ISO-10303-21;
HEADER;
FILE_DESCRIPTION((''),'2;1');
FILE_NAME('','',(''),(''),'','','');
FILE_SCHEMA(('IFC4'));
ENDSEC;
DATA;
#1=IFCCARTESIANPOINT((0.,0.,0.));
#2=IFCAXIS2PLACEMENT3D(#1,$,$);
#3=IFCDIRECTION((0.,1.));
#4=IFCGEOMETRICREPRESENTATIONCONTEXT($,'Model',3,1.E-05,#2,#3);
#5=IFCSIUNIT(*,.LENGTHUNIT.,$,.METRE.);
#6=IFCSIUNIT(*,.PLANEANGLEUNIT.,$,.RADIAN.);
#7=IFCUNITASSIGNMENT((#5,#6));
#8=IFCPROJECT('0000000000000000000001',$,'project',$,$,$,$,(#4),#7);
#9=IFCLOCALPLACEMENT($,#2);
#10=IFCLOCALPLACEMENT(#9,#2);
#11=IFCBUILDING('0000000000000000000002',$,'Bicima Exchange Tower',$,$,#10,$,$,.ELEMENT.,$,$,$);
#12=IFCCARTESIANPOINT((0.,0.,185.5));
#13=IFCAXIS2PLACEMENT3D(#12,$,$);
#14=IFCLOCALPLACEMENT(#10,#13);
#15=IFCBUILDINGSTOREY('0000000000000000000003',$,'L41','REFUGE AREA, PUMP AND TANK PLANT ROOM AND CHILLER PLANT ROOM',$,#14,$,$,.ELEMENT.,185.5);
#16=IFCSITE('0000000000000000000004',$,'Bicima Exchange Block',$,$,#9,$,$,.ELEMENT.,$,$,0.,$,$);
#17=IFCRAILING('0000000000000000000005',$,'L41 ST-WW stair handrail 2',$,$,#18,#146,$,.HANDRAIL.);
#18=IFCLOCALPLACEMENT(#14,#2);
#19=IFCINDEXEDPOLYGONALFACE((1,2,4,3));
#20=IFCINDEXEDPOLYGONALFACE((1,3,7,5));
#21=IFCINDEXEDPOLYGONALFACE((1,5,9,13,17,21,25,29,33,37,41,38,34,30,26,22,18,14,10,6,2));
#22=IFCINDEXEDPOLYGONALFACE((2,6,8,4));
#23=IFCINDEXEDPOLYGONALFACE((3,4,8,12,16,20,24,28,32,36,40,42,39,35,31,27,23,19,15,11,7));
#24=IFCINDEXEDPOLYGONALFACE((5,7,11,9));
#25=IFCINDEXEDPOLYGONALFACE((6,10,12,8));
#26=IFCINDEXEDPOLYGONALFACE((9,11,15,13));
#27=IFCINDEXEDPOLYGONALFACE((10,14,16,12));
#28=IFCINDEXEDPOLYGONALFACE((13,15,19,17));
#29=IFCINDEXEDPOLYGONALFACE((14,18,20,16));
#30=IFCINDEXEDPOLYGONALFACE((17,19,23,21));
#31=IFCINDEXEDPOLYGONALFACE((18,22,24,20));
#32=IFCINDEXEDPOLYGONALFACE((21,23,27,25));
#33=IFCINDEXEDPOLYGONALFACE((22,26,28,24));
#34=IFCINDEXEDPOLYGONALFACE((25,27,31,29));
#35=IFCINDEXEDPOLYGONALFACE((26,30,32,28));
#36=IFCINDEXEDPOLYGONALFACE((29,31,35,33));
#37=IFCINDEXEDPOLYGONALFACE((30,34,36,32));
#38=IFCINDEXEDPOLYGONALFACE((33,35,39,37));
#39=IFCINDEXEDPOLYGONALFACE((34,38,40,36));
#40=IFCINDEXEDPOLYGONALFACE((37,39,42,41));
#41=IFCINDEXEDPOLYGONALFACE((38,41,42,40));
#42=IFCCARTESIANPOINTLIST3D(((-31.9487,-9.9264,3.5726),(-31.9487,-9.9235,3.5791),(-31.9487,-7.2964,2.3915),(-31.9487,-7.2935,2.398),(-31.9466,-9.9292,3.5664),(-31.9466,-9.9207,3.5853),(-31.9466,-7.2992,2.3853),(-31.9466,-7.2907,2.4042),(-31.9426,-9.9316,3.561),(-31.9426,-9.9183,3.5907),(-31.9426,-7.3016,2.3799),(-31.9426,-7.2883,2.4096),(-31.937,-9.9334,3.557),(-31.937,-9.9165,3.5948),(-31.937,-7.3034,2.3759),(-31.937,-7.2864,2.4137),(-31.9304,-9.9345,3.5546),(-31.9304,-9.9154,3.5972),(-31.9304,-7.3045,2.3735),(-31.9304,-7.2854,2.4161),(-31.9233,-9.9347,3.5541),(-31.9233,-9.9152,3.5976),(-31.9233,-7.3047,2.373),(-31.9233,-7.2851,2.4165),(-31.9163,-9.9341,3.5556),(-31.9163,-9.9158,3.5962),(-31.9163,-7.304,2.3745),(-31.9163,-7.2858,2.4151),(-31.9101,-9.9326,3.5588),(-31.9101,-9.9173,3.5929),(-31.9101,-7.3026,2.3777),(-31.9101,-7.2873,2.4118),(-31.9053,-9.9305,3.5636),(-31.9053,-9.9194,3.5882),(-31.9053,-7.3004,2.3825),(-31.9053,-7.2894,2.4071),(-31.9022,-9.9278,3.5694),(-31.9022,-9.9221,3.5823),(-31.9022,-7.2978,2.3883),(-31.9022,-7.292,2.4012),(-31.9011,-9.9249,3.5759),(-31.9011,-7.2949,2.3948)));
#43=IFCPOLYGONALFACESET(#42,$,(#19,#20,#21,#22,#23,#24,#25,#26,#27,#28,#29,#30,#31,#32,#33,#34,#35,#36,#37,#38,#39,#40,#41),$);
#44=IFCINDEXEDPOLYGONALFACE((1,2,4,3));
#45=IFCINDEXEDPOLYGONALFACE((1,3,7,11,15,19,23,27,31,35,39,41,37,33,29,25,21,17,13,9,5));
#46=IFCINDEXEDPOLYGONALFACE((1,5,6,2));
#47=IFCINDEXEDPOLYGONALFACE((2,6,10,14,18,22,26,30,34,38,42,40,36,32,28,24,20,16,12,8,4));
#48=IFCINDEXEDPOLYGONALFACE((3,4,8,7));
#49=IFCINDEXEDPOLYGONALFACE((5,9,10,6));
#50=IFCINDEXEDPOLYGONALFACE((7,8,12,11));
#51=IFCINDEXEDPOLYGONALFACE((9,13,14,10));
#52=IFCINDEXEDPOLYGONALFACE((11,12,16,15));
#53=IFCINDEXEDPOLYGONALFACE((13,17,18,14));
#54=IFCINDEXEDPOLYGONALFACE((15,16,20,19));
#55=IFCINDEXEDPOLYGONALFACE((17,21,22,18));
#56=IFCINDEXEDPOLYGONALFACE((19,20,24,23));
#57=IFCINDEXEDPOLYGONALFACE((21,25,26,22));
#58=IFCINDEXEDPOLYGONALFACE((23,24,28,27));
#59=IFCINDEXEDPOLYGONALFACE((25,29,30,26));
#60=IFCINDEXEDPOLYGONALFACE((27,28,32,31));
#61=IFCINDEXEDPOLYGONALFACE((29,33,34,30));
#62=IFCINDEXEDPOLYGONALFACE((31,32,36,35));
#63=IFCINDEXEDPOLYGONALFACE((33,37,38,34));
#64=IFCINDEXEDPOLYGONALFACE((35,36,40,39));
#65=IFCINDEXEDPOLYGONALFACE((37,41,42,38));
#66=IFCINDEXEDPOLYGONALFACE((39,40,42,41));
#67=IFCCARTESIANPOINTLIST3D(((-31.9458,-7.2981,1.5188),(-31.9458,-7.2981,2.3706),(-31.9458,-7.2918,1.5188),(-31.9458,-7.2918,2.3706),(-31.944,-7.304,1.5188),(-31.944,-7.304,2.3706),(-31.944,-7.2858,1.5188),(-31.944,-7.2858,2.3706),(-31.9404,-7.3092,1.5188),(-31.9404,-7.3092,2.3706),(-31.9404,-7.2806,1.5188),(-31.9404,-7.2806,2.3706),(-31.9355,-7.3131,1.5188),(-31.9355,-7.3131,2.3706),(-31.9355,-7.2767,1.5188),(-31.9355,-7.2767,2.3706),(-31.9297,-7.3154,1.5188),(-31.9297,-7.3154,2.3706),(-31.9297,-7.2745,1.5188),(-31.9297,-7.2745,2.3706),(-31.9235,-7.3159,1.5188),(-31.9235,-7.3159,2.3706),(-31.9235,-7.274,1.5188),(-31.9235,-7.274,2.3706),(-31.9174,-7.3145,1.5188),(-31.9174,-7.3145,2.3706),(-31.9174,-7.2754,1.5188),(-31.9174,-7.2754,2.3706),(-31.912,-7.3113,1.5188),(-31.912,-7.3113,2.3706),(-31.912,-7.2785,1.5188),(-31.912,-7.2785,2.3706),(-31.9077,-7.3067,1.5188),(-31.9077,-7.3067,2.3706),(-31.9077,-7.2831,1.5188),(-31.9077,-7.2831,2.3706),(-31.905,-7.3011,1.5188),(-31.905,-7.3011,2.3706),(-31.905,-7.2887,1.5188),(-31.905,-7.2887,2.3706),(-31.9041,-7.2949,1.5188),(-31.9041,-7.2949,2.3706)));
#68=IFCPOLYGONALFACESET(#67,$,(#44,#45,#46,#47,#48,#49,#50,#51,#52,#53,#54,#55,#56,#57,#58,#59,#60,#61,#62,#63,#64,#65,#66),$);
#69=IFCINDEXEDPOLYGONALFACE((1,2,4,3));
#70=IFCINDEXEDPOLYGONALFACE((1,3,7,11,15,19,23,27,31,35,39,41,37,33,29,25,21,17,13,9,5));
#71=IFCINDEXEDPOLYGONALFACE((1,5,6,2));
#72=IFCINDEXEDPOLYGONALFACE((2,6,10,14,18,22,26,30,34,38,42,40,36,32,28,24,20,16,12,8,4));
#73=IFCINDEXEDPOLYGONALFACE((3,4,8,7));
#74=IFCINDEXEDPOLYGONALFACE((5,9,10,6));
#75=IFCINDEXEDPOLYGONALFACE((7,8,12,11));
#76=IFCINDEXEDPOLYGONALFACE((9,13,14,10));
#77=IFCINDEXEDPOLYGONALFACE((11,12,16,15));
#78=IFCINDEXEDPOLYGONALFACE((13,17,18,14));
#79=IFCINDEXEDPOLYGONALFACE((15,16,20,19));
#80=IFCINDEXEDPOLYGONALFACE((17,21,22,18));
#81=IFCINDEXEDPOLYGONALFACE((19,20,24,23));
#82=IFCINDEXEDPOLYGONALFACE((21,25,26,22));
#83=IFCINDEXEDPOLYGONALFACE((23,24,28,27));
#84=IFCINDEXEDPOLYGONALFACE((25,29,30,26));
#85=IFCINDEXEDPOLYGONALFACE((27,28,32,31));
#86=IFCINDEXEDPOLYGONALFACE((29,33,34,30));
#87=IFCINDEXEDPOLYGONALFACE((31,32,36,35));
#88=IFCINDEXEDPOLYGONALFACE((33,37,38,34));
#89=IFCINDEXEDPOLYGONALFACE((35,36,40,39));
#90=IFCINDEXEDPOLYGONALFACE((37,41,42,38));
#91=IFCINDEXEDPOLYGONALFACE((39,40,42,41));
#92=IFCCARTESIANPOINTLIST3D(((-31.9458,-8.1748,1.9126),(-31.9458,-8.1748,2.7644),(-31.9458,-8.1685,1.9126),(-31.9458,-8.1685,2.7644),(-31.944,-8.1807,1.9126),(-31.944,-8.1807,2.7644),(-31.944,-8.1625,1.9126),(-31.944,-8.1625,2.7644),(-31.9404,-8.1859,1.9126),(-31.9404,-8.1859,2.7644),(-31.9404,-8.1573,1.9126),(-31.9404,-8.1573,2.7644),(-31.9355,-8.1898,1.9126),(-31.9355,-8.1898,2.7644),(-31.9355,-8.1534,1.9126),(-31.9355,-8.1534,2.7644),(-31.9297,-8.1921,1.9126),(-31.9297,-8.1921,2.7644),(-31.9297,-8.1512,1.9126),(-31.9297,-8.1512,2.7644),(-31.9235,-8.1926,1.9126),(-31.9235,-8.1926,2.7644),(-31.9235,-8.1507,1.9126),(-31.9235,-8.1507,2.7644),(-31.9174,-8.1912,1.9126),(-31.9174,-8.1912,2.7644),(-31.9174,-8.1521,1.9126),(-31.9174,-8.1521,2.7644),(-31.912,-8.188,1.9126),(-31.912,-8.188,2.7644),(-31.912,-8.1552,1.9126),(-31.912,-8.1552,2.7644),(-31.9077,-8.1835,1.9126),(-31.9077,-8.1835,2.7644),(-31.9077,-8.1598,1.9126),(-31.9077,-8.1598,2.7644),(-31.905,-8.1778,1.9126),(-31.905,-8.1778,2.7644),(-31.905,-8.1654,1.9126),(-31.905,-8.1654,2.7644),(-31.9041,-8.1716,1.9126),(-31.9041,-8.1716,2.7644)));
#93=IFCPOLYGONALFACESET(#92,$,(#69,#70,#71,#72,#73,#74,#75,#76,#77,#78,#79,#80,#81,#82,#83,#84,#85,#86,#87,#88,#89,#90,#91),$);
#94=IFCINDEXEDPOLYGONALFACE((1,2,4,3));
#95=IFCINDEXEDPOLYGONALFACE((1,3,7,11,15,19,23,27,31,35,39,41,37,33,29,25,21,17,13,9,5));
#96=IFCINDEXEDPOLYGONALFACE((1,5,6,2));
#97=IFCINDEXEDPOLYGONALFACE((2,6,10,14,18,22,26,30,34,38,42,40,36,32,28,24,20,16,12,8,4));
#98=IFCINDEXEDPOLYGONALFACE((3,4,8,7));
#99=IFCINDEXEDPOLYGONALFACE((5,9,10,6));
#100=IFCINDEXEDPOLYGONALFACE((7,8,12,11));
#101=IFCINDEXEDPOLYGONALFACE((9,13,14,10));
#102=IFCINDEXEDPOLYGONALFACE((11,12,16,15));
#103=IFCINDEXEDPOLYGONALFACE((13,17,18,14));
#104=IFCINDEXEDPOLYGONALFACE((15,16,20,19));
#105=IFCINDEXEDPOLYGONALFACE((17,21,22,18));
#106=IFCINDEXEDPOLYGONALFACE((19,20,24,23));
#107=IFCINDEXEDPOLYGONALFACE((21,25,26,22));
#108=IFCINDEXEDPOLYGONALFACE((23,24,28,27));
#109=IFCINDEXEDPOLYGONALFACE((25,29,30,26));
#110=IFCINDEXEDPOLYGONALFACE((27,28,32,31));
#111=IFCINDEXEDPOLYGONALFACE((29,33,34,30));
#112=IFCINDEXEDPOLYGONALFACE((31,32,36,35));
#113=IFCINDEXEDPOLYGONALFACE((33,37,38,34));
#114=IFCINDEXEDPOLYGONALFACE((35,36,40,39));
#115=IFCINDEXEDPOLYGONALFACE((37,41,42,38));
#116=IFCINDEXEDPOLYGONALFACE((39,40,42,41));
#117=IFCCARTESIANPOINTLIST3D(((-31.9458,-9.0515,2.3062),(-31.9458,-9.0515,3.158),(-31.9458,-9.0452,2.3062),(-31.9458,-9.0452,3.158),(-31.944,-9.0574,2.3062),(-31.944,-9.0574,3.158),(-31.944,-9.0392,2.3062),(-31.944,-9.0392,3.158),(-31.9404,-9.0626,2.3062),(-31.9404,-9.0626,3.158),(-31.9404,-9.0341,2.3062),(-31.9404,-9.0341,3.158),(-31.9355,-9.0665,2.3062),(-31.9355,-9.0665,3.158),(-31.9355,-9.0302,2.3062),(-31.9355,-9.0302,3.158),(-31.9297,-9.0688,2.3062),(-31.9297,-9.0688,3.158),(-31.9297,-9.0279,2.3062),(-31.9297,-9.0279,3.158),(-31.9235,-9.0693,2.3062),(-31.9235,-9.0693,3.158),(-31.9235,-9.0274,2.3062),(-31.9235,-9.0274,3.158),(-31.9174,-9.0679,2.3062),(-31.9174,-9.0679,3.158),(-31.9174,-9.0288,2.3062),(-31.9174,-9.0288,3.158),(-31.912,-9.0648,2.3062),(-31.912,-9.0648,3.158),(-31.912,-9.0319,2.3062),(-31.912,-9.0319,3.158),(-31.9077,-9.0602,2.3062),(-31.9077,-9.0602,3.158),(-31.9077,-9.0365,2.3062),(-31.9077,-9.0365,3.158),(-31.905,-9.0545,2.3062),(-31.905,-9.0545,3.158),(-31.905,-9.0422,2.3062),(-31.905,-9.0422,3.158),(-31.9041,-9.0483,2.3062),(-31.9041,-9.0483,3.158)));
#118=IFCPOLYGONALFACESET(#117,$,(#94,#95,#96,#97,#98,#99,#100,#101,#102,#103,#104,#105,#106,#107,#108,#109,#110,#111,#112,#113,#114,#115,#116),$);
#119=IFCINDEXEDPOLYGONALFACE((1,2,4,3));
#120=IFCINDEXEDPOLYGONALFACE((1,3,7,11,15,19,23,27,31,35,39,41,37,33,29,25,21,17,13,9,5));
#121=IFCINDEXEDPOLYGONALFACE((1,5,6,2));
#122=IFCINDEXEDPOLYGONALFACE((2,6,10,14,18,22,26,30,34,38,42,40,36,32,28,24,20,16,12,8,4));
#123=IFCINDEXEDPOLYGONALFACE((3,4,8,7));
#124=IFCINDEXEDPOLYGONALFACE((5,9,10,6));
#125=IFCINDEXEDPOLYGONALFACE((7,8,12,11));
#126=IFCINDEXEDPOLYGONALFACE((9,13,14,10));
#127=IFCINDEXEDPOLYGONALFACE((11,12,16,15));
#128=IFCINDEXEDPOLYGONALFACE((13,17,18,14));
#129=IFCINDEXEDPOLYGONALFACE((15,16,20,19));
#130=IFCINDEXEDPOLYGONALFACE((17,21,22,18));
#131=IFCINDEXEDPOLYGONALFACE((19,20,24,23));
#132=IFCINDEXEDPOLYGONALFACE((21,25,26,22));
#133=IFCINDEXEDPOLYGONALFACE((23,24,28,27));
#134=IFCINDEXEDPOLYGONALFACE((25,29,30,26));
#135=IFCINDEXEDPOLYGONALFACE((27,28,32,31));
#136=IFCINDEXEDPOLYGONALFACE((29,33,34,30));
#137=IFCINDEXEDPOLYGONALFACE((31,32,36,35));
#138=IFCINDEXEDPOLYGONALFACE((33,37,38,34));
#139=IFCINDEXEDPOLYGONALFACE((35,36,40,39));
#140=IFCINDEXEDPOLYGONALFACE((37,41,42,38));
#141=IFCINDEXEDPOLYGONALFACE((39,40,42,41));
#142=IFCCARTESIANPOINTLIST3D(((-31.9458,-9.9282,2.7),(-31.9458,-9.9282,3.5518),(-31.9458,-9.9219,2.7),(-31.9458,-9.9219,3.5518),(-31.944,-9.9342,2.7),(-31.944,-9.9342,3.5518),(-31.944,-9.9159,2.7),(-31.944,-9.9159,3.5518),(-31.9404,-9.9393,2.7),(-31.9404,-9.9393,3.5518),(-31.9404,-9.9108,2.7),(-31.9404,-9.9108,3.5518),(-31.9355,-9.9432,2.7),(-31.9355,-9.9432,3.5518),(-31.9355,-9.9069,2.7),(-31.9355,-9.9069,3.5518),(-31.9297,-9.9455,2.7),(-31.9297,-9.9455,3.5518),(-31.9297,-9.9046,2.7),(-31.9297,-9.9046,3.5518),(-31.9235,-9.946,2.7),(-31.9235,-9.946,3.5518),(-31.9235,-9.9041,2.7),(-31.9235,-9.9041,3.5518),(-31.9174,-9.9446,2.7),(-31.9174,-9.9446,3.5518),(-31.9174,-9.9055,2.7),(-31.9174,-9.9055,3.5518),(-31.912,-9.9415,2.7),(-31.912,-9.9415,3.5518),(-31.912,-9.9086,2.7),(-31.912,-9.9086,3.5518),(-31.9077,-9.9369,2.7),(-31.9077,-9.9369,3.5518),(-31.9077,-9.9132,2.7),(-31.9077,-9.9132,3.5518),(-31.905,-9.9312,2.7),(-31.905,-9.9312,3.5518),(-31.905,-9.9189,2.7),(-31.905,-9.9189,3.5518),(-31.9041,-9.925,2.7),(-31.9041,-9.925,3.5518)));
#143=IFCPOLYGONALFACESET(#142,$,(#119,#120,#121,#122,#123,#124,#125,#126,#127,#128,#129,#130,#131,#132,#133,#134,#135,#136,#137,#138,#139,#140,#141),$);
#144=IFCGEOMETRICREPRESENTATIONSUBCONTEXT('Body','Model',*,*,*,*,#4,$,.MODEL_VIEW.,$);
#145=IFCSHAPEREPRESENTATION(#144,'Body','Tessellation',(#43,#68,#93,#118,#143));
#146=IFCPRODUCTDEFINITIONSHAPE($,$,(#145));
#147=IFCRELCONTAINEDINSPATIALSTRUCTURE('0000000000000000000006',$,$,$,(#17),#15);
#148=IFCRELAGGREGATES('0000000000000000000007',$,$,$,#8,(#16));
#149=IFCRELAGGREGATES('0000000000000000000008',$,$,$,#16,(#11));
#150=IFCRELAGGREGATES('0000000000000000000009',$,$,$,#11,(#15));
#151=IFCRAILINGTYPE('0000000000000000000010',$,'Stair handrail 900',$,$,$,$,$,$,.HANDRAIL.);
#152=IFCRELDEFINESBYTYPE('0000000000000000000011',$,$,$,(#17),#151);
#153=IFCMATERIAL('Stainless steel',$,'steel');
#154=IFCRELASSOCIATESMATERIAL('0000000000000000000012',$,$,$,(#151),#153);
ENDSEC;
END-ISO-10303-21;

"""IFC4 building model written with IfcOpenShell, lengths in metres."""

from ifc_helpers import new_model, si_unit, direction, frame, origin, origin_2d, place, context, subcontext, project, spatial, circle, extrude, material, type_object, element, save


model = new_model("IFC4")

# Units and contexts
model_context = context("Model", 3, precision=1e-05, world=origin(), true_north=direction((0.0, 1.0)))
body_context = subcontext(model_context, "Body", "Model", "MODEL_VIEW")
ifc_project = project(units=[si_unit("LENGTHUNIT", "METRE"), si_unit("PLANEANGLEUNIT", "RADIAN")], contexts=[model_context])

# Site, building, storey
site_placement = place(None, origin())
site = spatial("IfcSite", under=ifc_project, at=site_placement, Name="Bicima Exchange Block", CompositionType="ELEMENT", RefElevation=0.0)
building_placement = place(site_placement, origin())
building = spatial("IfcBuilding", under=site, at=building_placement, Name="Bicima Exchange Tower", CompositionType="ELEMENT")
storey_placement = place(building_placement, frame((0.0, 0.0, 185.5)))
storey = spatial("IfcBuildingStorey", under=building, at=storey_placement, Name="L41", Description="REFUGE AREA, PUMP AND TANK PLANT ROOM AND CHILLER PLANT ROOM", CompositionType="ELEMENT", Elevation=185.5)

# Railing
ifc_material_1 = material(Name="Stainless steel", Category="steel")
railing_type_1 = type_object("IfcRailingType", Name="Stair handrail 900", PredefinedType="HANDRAIL", material=ifc_material_1)
railing_1_placement = place(storey_placement, frame((-31.925, -7.2949, 1.5188)))
element("IfcRailing", 1, at=railing_1_placement, inside=storey, type_object=railing_type_1, Name="L41 ST-WW stair handrail 2", PredefinedType="HANDRAIL", context=body_context, shape_type="SweptSolid", body=[
    extrude(circle(Radius=0.0239, at=origin_2d()), frame((0.0, 0.0, 0.876), z_axis=(0.0, -0.912233, 0.409671), x_axis=(1.0, 0.0, 0.0)), (0.0, 0.0, 1.0), 2.8831),
    extrude(circle(Radius=0.021, at=origin_2d()), origin(), (0.0, 0.0, 1.0), 0.8518),
    extrude(circle(Radius=0.021, at=origin_2d()), frame((0.0, -0.8767, 0.3938)), (0.0, 0.0, 1.0), 0.8518),
    extrude(circle(Radius=0.021, at=origin_2d()), frame((0.0, -1.7534, 0.7874)), (0.0, 0.0, 1.0), 0.8518),
    extrude(circle(Radius=0.021, at=origin_2d()), frame((0.0, -2.6301, 1.1812)), (0.0, 0.0, 1.0), 0.8518),
])

save(model, "model.ifc")
